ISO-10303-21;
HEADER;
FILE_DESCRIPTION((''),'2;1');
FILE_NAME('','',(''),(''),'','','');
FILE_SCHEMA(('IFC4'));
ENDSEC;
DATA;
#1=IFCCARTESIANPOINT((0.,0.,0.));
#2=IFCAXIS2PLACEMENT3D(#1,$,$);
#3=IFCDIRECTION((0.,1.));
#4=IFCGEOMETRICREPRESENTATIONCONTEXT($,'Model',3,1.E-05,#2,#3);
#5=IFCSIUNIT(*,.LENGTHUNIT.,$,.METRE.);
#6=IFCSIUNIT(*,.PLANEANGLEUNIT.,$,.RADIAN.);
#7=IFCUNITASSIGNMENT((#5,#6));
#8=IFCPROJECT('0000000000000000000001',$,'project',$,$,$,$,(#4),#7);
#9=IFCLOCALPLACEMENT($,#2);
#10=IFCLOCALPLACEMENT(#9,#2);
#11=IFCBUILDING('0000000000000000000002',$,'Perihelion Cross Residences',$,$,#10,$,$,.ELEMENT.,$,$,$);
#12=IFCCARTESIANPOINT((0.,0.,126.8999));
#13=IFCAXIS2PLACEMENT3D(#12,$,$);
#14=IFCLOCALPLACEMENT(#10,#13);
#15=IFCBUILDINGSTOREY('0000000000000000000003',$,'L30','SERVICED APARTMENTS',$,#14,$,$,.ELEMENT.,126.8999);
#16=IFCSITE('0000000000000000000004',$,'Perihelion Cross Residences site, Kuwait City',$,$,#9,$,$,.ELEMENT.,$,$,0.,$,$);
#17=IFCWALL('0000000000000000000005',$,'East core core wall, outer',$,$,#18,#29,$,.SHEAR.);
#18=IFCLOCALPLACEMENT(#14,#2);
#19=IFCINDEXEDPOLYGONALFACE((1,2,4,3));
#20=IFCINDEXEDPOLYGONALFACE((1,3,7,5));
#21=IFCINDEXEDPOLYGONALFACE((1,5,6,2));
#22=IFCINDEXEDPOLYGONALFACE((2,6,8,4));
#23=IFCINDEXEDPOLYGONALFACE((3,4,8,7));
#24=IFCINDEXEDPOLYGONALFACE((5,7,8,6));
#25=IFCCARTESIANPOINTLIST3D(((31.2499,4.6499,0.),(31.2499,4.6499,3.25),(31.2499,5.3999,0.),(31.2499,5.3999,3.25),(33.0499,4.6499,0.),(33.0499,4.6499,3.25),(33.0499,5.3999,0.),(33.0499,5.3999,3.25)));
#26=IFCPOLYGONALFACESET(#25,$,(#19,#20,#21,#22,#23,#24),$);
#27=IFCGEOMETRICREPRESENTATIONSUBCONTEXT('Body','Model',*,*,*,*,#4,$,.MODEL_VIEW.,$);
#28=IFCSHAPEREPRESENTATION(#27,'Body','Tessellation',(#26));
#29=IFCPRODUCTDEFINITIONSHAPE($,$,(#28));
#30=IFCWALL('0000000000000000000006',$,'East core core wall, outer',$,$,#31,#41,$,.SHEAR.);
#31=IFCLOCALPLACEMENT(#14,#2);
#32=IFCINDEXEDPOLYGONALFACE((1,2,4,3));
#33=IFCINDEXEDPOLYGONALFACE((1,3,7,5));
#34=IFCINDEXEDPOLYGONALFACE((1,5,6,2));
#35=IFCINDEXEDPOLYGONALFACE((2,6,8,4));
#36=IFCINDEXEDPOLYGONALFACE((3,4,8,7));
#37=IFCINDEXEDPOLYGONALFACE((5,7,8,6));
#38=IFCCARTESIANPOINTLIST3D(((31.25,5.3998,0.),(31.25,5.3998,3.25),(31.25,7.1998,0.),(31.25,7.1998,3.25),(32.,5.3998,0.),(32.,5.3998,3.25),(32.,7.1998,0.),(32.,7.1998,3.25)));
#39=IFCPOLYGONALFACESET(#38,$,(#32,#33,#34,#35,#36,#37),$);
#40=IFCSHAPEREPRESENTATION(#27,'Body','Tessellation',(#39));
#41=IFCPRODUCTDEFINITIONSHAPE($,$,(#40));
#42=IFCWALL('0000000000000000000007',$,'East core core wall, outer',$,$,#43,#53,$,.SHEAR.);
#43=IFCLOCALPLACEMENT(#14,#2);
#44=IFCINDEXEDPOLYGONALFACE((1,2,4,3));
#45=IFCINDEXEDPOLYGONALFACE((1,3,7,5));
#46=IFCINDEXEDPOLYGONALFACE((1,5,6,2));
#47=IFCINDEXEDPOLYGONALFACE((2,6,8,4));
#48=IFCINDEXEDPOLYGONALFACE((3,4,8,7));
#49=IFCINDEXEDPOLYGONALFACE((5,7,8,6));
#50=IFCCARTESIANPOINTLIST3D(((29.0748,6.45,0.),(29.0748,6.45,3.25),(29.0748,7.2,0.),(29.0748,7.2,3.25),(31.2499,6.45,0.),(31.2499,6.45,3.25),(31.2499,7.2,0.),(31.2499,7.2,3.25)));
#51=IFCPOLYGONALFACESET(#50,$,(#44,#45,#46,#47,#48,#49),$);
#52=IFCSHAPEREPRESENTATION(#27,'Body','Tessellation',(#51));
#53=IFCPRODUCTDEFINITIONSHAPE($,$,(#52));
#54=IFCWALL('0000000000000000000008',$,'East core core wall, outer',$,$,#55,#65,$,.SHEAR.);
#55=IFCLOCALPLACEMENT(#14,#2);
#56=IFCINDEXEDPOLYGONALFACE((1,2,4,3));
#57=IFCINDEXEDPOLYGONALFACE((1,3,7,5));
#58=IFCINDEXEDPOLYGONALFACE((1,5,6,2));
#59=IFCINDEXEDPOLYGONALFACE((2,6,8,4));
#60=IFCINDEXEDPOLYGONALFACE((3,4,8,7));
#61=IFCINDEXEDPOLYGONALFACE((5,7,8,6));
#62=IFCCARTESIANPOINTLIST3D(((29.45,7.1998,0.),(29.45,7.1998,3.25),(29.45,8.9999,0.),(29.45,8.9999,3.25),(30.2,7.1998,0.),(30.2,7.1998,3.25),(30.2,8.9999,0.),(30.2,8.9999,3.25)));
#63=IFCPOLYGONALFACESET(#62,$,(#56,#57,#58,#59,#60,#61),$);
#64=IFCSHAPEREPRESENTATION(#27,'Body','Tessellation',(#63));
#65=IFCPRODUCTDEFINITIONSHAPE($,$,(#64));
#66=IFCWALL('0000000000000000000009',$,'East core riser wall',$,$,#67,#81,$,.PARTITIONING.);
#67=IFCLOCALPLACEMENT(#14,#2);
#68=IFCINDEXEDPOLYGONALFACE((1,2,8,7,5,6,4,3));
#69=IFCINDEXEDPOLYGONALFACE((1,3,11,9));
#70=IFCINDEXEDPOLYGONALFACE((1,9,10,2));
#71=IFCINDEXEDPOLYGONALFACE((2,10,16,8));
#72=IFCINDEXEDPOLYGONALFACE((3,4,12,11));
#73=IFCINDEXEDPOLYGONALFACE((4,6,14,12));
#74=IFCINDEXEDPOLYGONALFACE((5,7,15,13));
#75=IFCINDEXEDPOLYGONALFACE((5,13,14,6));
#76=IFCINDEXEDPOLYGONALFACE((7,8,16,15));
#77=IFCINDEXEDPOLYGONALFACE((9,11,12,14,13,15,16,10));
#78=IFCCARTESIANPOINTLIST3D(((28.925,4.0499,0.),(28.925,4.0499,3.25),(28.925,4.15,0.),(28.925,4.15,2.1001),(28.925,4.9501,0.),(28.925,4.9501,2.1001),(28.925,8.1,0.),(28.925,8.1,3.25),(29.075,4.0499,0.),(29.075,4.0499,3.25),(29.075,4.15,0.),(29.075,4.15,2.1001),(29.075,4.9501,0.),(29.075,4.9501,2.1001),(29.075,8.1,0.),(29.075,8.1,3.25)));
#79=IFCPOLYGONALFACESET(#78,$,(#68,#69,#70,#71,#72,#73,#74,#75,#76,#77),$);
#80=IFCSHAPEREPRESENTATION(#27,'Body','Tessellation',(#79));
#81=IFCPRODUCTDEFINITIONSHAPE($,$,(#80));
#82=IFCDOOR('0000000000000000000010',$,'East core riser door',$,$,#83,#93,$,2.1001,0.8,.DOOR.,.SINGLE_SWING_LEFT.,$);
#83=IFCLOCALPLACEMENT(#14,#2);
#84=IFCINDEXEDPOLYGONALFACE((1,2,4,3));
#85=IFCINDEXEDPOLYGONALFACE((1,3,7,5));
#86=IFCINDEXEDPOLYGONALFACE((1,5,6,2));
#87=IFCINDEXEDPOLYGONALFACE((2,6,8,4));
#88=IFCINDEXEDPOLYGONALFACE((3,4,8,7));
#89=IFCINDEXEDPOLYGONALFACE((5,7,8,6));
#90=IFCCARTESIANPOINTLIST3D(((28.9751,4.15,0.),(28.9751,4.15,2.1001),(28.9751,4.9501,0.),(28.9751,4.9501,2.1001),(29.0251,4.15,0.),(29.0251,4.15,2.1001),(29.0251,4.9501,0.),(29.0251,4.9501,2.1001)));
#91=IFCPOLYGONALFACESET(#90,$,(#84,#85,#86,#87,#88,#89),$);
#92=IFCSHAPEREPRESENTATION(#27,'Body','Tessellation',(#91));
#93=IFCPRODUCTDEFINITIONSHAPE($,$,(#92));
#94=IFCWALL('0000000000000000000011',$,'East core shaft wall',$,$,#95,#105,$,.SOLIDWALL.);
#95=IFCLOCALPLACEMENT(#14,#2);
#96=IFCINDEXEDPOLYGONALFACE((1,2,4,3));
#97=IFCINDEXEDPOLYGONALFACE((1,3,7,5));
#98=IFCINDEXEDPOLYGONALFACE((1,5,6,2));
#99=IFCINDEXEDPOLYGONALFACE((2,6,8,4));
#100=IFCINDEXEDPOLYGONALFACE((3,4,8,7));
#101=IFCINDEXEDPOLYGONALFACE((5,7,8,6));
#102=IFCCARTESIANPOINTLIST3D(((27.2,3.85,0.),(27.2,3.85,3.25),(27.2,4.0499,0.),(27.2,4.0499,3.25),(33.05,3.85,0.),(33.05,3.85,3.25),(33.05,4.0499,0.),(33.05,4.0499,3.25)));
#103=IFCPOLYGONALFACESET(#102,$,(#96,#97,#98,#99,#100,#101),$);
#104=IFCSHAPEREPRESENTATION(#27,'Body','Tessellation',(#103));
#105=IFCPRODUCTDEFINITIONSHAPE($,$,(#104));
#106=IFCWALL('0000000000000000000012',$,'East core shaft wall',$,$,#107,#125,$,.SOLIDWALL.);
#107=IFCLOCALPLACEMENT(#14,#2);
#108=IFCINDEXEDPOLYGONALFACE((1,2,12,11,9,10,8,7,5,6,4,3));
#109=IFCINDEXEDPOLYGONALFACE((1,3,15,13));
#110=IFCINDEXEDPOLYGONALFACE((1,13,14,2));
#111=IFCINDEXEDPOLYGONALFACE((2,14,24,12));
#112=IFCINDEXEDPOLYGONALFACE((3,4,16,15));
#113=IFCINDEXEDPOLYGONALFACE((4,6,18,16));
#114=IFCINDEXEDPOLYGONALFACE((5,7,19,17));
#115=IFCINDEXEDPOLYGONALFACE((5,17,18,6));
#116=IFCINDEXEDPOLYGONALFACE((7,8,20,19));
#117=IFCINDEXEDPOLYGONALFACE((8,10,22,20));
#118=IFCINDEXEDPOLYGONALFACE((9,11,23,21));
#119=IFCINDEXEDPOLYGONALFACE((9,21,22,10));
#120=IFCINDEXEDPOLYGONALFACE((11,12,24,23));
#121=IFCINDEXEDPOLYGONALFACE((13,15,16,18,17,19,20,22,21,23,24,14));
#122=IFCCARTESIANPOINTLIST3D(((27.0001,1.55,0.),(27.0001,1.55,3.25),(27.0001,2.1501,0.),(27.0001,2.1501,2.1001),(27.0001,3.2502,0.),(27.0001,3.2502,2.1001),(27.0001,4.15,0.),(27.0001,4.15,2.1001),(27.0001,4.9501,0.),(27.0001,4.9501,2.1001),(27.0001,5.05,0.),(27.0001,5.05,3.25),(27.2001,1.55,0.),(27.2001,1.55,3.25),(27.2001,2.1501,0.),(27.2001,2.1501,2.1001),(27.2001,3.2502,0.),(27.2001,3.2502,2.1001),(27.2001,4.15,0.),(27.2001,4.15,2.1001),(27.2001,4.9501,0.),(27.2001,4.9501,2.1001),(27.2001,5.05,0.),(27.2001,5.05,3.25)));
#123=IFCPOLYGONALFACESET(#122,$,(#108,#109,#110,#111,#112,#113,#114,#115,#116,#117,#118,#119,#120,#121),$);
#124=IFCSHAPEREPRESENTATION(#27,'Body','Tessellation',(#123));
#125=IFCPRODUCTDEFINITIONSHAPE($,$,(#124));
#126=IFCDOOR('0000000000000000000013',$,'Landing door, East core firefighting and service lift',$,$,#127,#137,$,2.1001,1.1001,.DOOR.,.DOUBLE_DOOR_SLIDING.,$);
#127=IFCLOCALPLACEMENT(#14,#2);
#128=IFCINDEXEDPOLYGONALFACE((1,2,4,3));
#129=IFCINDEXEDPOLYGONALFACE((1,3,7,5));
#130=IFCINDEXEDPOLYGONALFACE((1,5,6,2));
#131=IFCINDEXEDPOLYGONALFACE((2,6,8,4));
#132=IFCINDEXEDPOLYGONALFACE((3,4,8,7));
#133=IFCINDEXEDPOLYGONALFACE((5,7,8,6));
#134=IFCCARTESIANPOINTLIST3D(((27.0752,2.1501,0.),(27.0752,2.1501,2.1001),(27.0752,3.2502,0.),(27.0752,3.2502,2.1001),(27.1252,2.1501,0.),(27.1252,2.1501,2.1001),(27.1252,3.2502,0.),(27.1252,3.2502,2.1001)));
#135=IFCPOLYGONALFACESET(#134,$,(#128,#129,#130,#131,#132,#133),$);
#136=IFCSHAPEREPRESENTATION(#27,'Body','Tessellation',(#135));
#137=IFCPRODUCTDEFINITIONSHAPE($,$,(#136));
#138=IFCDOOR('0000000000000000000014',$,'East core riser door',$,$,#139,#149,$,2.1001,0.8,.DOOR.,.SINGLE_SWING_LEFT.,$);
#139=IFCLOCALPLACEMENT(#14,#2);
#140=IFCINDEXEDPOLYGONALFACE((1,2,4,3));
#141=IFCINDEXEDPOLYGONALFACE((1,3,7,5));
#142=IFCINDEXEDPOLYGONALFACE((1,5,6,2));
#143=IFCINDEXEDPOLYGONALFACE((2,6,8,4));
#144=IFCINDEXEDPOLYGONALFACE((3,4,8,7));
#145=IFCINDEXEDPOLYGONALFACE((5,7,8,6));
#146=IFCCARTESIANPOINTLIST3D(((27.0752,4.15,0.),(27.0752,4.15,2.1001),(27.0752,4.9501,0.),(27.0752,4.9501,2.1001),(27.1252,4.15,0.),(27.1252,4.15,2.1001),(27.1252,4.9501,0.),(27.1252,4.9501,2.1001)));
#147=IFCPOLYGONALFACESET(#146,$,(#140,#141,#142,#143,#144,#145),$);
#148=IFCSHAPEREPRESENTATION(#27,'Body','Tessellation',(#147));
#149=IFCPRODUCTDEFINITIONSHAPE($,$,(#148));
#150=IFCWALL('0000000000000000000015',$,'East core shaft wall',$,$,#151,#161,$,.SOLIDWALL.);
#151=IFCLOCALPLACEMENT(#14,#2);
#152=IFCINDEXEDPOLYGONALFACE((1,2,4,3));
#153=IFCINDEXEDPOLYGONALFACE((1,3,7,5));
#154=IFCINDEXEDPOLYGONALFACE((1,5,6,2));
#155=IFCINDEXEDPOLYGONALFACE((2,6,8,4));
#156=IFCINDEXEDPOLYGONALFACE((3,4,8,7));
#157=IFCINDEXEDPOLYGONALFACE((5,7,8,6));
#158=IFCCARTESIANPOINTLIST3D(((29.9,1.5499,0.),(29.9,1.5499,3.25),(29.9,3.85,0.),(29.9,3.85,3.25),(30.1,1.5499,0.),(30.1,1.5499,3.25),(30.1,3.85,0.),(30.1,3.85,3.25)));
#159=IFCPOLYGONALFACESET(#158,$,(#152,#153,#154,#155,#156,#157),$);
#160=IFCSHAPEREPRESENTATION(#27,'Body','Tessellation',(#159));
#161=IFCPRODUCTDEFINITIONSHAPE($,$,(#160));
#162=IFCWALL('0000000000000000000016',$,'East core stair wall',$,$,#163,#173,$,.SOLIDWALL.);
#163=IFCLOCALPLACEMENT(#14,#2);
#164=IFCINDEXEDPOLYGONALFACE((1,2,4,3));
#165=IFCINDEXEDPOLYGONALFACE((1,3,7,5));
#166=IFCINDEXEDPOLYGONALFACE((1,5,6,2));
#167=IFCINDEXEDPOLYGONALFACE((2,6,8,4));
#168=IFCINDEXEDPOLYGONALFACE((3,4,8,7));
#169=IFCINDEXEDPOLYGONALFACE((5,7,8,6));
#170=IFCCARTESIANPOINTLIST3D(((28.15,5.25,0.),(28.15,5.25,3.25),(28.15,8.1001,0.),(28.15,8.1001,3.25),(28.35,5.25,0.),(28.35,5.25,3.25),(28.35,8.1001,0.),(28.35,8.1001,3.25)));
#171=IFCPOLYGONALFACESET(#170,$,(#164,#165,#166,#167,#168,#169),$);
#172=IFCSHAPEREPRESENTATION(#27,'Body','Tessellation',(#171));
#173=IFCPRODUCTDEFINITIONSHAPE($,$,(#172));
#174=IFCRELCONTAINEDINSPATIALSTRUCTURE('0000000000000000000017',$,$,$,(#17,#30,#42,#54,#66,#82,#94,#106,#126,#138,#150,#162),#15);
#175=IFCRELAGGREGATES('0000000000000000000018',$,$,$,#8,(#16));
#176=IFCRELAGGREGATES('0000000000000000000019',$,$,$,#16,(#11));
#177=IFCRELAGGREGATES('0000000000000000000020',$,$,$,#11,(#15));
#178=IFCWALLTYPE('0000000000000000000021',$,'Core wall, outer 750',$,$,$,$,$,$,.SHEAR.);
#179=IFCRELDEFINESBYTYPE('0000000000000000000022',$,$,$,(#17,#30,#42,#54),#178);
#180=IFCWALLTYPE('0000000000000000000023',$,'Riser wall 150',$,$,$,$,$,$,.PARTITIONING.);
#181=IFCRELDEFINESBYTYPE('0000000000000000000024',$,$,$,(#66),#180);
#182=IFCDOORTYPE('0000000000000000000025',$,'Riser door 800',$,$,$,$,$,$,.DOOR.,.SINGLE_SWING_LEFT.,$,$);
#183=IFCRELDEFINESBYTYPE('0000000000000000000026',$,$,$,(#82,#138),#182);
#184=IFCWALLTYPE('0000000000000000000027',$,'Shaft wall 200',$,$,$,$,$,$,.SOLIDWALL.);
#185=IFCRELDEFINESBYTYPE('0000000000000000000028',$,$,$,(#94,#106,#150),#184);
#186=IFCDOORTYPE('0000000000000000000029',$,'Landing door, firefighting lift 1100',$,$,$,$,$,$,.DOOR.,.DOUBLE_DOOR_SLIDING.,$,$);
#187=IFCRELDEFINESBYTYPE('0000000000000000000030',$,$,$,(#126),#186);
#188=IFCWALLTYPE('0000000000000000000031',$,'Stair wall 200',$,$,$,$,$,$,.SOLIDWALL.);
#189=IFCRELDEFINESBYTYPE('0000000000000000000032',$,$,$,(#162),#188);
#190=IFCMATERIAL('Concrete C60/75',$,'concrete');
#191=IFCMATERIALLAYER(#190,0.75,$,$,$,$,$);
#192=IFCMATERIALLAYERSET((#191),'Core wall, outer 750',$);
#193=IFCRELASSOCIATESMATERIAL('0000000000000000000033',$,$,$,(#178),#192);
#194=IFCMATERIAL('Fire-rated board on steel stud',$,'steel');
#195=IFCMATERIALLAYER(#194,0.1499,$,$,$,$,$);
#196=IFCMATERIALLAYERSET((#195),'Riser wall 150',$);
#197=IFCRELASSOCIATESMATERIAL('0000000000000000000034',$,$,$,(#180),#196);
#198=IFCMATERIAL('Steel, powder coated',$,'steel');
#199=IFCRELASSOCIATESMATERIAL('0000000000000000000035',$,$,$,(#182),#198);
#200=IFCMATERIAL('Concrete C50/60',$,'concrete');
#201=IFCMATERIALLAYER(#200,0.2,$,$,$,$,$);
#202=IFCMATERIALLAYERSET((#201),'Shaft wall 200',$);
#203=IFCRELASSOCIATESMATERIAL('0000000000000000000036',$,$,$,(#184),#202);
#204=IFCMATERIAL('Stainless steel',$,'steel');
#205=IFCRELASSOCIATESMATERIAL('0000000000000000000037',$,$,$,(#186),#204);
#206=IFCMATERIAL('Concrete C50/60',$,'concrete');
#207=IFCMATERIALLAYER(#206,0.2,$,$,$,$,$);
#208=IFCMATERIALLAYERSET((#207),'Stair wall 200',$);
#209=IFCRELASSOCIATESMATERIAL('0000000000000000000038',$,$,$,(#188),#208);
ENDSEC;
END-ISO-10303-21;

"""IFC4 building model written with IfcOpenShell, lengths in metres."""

from ifc_helpers import new_model, si_unit, direction, frame, frame_2d, origin, place, context, subcontext, project, spatial, rectangle, extrude, material, layer, layer_set, type_object, element, fill, save


model = new_model("IFC4")

# Units and contexts
model_context = context("Model", 3, precision=1e-05, world=origin(), true_north=direction((0.0, 1.0)))
body_context = subcontext(model_context, "Body", "Model", "MODEL_VIEW")
ifc_project = project(units=[si_unit("LENGTHUNIT", "METRE"), si_unit("PLANEANGLEUNIT", "RADIAN")], contexts=[model_context])

# Site, building, storey
site_placement = place(None, origin())
site = spatial("IfcSite", under=ifc_project, at=site_placement, Name="Perihelion Cross Residences site, Kuwait City", CompositionType="ELEMENT", RefElevation=0.0)
building_placement = place(site_placement, origin())
building = spatial("IfcBuilding", under=site, at=building_placement, Name="Perihelion Cross Residences", CompositionType="ELEMENT")
storey_placement = place(building_placement, frame((0.0, 0.0, 126.8999)))
storey = spatial("IfcBuildingStorey", under=building, at=storey_placement, Name="L30", Description="SERVICED APARTMENTS", CompositionType="ELEMENT", Elevation=126.8999)

# Walls
ifc_material_1 = material(Name="Concrete C60/75", Category="concrete")
ifc_layer_1 = layer(ifc_material_1, 0.75)
ifc_layer_set_1 = layer_set([ifc_layer_1], Name="Core wall, outer 750")
wall_type_1 = type_object("IfcWallType", Name="Core wall, outer 750", PredefinedType="SHEAR", material=ifc_layer_set_1)
for number, where, z_axis, x_axis, name in (
    (1, (31.25, 5.0249, 0.0), (0.0, 0.0, 1.0), (1.0, 0.0, 0.0), "East core core wall, outer"),
    (2, (31.625, 5.3999, 0.0), (0.0, 0.0, 1.0), (0.0, 1.0, 0.0), "East core core wall, outer"),
):
    element("IfcWall", number, at=place(storey_placement, frame(where, z_axis=z_axis, x_axis=x_axis)), inside=storey, type_object=wall_type_1, Name=name, PredefinedType="SHEAR", context=body_context, shape_type="SweptSolid", body=[
        extrude(rectangle(XDim=1.8, YDim=0.75, at=frame_2d((0.8999, 0.0))), origin(), (0.0, 0.0, 1.0), 3.25),
    ])
wall_1_placement = place(storey_placement, frame((29.075, 6.825, 0.0), z_axis=(0.0, 0.0, 1.0), x_axis=(1.0, 0.0, 0.0)))
element("IfcWall", 3, at=wall_1_placement, inside=storey, type_object=wall_type_1, Name="East core core wall, outer", PredefinedType="SHEAR", context=body_context, shape_type="SweptSolid", body=[
    extrude(rectangle(XDim=2.175, YDim=0.75, at=frame_2d((1.0874, 0.0))), origin(), (0.0, 0.0, 1.0), 3.25),
])
wall_2_placement = place(storey_placement, frame((29.825, 7.2, 0.0), z_axis=(0.0, 0.0, 1.0), x_axis=(0.0, 1.0, 0.0)))
element("IfcWall", 4, at=wall_2_placement, inside=storey, type_object=wall_type_1, Name="East core core wall, outer", PredefinedType="SHEAR", context=body_context, shape_type="SweptSolid", body=[
    extrude(rectangle(XDim=1.8, YDim=0.75, at=frame_2d((0.8999, 0.0))), origin(), (0.0, 0.0, 1.0), 3.25),
])

# Wall, opening, door
ifc_material_2 = material(Name="Fire-rated board on steel stud", Category="steel")
ifc_layer_2 = layer(ifc_material_2, 0.1499)
ifc_layer_set_2 = layer_set([ifc_layer_2], Name="Riser wall 150")
wall_type_2 = type_object("IfcWallType", Name="Riser wall 150", PredefinedType="PARTITIONING", material=ifc_layer_set_2)
wall_3_placement = place(storey_placement, frame((29.0, 4.05, 0.0), z_axis=(0.0, 0.0, 1.0), x_axis=(0.0, 1.0, 0.0)))
wall_3 = element("IfcWall", 5, at=wall_3_placement, inside=storey, type_object=wall_type_2, Name="East core riser wall", PredefinedType="PARTITIONING", context=body_context, shape_type="SweptSolid", body=[
    extrude(rectangle(XDim=4.05, YDim=0.1499, at=frame_2d((2.0249, 0.0))), origin(), (0.0, 0.0, 1.0), 3.25),
])
opening_1_placement = place(wall_3_placement, frame((0.1001, 0.0, 0.0)))
opening_1 = element("IfcOpeningElement", 6, at=opening_1_placement, cuts=wall_3, PredefinedType="OPENING", context=body_context, shape_type="SweptSolid", body=[
    extrude(rectangle(XDim=0.8, YDim=2.1001, at=frame_2d((0.3999, 1.05))), frame((0.0, 0.085, 0.0), z_axis=(0.0, -1.0, 0.0), x_axis=(1.0, 0.0, 0.0)), (0.0, 0.0, 1.0), 0.1699),
])
ifc_material_3 = material(Name="Steel, powder coated", Category="steel")
door_type_1 = type_object("IfcDoorType", Name="Riser door 800", OperationType="SINGLE_SWING_LEFT", PredefinedType="DOOR", material=ifc_material_3)
door_1_placement = place(opening_1_placement, origin())
door_1 = element("IfcDoor", 7, at=door_1_placement, inside=storey, type_object=door_type_1, Name="East core riser door", OperationType="SINGLE_SWING_LEFT", OverallHeight=2.1001, OverallWidth=0.8, PredefinedType="DOOR", context=body_context, shape_type="SweptSolid", body=[
    extrude(rectangle(XDim=0.8, YDim=2.1001, at=frame_2d((0.3999, 1.05))), frame((0.0, 0.0249, 0.0), z_axis=(0.0, -1.0, 0.0), x_axis=(1.0, 0.0, 0.0)), (0.0, 0.0, 1.0), 0.05),
])
fill(opening_1, door_1)

# Wall
ifc_material_4 = material(Name="Concrete C50/60", Category="concrete")
ifc_layer_3 = layer(ifc_material_4, 0.2)
ifc_layer_set_3 = layer_set([ifc_layer_3], Name="Shaft wall 200")
wall_type_3 = type_object("IfcWallType", Name="Shaft wall 200", PredefinedType="SOLIDWALL", material=ifc_layer_set_3)
wall_4_placement = place(storey_placement, frame((27.2, 3.95, 0.0), z_axis=(0.0, 0.0, 1.0), x_axis=(1.0, 0.0, 0.0)))
element("IfcWall", 8, at=wall_4_placement, inside=storey, type_object=wall_type_3, Name="East core shaft wall", PredefinedType="SOLIDWALL", context=body_context, shape_type="SweptSolid", body=[
    extrude(rectangle(XDim=5.8501, YDim=0.2, at=frame_2d((2.925, 0.0))), origin(), (0.0, 0.0, 1.0), 3.25),
])

# Wall, openings, doors
wall_5_placement = place(storey_placement, frame((27.1001, 1.55, 0.0), z_axis=(0.0, 0.0, 1.0), x_axis=(0.0, 1.0, 0.0)))
wall_5 = element("IfcWall", 9, at=wall_5_placement, inside=storey, type_object=wall_type_3, Name="East core shaft wall", PredefinedType="SOLIDWALL", context=body_context, shape_type="SweptSolid", body=[
    extrude(rectangle(XDim=3.5, YDim=0.2, at=frame_2d((1.75, 0.0))), origin(), (0.0, 0.0, 1.0), 3.25),
])
opening_2_placement = place(wall_5_placement, frame((0.6001, 0.0, 0.0)))
opening_2 = element("IfcOpeningElement", 10, at=opening_2_placement, cuts=wall_5, PredefinedType="OPENING", context=body_context, shape_type="SweptSolid", body=[
    extrude(rectangle(XDim=1.1001, YDim=2.1001, at=frame_2d((0.55, 1.05))), frame((0.0, 0.1099, 0.0), z_axis=(0.0, -1.0, 0.0), x_axis=(1.0, 0.0, 0.0)), (0.0, 0.0, 1.0), 0.22),
])
opening_3_placement = place(wall_5_placement, frame((2.6001, 0.0, 0.0)))
opening_3 = element("IfcOpeningElement", 11, at=opening_3_placement, cuts=wall_5, PredefinedType="OPENING", context=body_context, shape_type="SweptSolid", body=[
    extrude(rectangle(XDim=0.8, YDim=2.1001, at=frame_2d((0.3999, 1.05))), frame((0.0, 0.1099, 0.0), z_axis=(0.0, -1.0, 0.0), x_axis=(1.0, 0.0, 0.0)), (0.0, 0.0, 1.0), 0.22),
])
ifc_material_5 = material(Name="Stainless steel", Category="steel")
door_type_2 = type_object("IfcDoorType", Name="Landing door, firefighting lift 1100", OperationType="DOUBLE_DOOR_SLIDING", PredefinedType="DOOR", material=ifc_material_5)
door_2_placement = place(opening_2_placement, origin())
door_2 = element("IfcDoor", 12, at=door_2_placement, inside=storey, type_object=door_type_2, Name="Landing door, East core firefighting and service lift", OperationType="DOUBLE_DOOR_SLIDING", OverallHeight=2.1001, OverallWidth=1.1001, PredefinedType="DOOR", context=body_context, shape_type="SweptSolid", body=[
    extrude(rectangle(XDim=1.1001, YDim=2.1001, at=frame_2d((0.55, 1.05))), frame((0.0, 0.0249, 0.0), z_axis=(0.0, -1.0, 0.0), x_axis=(1.0, 0.0, 0.0)), (0.0, 0.0, 1.0), 0.05),
])
fill(opening_2, door_2)
door_3_placement = place(opening_3_placement, origin())
door_3 = element("IfcDoor", 13, at=door_3_placement, inside=storey, type_object=door_type_1, Name="East core riser door", OperationType="SINGLE_SWING_LEFT", OverallHeight=2.1001, OverallWidth=0.8, PredefinedType="DOOR", context=body_context, shape_type="SweptSolid", body=[
    extrude(rectangle(XDim=0.8, YDim=2.1001, at=frame_2d((0.3999, 1.05))), frame((0.0, 0.0249, 0.0), z_axis=(0.0, -1.0, 0.0), x_axis=(1.0, 0.0, 0.0)), (0.0, 0.0, 1.0), 0.05),
])
fill(opening_3, door_3)

# Walls
wall_6_placement = place(storey_placement, frame((30.0, 1.55, 0.0), z_axis=(0.0, 0.0, 1.0), x_axis=(0.0, 1.0, 0.0)))
element("IfcWall", 14, at=wall_6_placement, inside=storey, type_object=wall_type_3, Name="East core shaft wall", PredefinedType="SOLIDWALL", context=body_context, shape_type="SweptSolid", body=[
    extrude(rectangle(XDim=2.3, YDim=0.2, at=frame_2d((1.1499, 0.0))), origin(), (0.0, 0.0, 1.0), 3.25),
])
ifc_material_6 = material(Name="Concrete C50/60", Category="concrete")
ifc_layer_4 = layer(ifc_material_6, 0.2)
ifc_layer_set_4 = layer_set([ifc_layer_4], Name="Stair wall 200")
wall_type_4 = type_object("IfcWallType", Name="Stair wall 200", PredefinedType="SOLIDWALL", material=ifc_layer_set_4)
wall_7_placement = place(storey_placement, frame((28.25, 5.25, 0.0), z_axis=(0.0, 0.0, 1.0), x_axis=(0.0, 1.0, 0.0)))
element("IfcWall", 15, at=wall_7_placement, inside=storey, type_object=wall_type_4, Name="East core stair wall", PredefinedType="SOLIDWALL", context=body_context, shape_type="SweptSolid", body=[
    extrude(rectangle(XDim=2.8501, YDim=0.2, at=frame_2d((1.425, 0.0))), origin(), (0.0, 0.0, 1.0), 3.25),
])

save(model, "model.ifc")
